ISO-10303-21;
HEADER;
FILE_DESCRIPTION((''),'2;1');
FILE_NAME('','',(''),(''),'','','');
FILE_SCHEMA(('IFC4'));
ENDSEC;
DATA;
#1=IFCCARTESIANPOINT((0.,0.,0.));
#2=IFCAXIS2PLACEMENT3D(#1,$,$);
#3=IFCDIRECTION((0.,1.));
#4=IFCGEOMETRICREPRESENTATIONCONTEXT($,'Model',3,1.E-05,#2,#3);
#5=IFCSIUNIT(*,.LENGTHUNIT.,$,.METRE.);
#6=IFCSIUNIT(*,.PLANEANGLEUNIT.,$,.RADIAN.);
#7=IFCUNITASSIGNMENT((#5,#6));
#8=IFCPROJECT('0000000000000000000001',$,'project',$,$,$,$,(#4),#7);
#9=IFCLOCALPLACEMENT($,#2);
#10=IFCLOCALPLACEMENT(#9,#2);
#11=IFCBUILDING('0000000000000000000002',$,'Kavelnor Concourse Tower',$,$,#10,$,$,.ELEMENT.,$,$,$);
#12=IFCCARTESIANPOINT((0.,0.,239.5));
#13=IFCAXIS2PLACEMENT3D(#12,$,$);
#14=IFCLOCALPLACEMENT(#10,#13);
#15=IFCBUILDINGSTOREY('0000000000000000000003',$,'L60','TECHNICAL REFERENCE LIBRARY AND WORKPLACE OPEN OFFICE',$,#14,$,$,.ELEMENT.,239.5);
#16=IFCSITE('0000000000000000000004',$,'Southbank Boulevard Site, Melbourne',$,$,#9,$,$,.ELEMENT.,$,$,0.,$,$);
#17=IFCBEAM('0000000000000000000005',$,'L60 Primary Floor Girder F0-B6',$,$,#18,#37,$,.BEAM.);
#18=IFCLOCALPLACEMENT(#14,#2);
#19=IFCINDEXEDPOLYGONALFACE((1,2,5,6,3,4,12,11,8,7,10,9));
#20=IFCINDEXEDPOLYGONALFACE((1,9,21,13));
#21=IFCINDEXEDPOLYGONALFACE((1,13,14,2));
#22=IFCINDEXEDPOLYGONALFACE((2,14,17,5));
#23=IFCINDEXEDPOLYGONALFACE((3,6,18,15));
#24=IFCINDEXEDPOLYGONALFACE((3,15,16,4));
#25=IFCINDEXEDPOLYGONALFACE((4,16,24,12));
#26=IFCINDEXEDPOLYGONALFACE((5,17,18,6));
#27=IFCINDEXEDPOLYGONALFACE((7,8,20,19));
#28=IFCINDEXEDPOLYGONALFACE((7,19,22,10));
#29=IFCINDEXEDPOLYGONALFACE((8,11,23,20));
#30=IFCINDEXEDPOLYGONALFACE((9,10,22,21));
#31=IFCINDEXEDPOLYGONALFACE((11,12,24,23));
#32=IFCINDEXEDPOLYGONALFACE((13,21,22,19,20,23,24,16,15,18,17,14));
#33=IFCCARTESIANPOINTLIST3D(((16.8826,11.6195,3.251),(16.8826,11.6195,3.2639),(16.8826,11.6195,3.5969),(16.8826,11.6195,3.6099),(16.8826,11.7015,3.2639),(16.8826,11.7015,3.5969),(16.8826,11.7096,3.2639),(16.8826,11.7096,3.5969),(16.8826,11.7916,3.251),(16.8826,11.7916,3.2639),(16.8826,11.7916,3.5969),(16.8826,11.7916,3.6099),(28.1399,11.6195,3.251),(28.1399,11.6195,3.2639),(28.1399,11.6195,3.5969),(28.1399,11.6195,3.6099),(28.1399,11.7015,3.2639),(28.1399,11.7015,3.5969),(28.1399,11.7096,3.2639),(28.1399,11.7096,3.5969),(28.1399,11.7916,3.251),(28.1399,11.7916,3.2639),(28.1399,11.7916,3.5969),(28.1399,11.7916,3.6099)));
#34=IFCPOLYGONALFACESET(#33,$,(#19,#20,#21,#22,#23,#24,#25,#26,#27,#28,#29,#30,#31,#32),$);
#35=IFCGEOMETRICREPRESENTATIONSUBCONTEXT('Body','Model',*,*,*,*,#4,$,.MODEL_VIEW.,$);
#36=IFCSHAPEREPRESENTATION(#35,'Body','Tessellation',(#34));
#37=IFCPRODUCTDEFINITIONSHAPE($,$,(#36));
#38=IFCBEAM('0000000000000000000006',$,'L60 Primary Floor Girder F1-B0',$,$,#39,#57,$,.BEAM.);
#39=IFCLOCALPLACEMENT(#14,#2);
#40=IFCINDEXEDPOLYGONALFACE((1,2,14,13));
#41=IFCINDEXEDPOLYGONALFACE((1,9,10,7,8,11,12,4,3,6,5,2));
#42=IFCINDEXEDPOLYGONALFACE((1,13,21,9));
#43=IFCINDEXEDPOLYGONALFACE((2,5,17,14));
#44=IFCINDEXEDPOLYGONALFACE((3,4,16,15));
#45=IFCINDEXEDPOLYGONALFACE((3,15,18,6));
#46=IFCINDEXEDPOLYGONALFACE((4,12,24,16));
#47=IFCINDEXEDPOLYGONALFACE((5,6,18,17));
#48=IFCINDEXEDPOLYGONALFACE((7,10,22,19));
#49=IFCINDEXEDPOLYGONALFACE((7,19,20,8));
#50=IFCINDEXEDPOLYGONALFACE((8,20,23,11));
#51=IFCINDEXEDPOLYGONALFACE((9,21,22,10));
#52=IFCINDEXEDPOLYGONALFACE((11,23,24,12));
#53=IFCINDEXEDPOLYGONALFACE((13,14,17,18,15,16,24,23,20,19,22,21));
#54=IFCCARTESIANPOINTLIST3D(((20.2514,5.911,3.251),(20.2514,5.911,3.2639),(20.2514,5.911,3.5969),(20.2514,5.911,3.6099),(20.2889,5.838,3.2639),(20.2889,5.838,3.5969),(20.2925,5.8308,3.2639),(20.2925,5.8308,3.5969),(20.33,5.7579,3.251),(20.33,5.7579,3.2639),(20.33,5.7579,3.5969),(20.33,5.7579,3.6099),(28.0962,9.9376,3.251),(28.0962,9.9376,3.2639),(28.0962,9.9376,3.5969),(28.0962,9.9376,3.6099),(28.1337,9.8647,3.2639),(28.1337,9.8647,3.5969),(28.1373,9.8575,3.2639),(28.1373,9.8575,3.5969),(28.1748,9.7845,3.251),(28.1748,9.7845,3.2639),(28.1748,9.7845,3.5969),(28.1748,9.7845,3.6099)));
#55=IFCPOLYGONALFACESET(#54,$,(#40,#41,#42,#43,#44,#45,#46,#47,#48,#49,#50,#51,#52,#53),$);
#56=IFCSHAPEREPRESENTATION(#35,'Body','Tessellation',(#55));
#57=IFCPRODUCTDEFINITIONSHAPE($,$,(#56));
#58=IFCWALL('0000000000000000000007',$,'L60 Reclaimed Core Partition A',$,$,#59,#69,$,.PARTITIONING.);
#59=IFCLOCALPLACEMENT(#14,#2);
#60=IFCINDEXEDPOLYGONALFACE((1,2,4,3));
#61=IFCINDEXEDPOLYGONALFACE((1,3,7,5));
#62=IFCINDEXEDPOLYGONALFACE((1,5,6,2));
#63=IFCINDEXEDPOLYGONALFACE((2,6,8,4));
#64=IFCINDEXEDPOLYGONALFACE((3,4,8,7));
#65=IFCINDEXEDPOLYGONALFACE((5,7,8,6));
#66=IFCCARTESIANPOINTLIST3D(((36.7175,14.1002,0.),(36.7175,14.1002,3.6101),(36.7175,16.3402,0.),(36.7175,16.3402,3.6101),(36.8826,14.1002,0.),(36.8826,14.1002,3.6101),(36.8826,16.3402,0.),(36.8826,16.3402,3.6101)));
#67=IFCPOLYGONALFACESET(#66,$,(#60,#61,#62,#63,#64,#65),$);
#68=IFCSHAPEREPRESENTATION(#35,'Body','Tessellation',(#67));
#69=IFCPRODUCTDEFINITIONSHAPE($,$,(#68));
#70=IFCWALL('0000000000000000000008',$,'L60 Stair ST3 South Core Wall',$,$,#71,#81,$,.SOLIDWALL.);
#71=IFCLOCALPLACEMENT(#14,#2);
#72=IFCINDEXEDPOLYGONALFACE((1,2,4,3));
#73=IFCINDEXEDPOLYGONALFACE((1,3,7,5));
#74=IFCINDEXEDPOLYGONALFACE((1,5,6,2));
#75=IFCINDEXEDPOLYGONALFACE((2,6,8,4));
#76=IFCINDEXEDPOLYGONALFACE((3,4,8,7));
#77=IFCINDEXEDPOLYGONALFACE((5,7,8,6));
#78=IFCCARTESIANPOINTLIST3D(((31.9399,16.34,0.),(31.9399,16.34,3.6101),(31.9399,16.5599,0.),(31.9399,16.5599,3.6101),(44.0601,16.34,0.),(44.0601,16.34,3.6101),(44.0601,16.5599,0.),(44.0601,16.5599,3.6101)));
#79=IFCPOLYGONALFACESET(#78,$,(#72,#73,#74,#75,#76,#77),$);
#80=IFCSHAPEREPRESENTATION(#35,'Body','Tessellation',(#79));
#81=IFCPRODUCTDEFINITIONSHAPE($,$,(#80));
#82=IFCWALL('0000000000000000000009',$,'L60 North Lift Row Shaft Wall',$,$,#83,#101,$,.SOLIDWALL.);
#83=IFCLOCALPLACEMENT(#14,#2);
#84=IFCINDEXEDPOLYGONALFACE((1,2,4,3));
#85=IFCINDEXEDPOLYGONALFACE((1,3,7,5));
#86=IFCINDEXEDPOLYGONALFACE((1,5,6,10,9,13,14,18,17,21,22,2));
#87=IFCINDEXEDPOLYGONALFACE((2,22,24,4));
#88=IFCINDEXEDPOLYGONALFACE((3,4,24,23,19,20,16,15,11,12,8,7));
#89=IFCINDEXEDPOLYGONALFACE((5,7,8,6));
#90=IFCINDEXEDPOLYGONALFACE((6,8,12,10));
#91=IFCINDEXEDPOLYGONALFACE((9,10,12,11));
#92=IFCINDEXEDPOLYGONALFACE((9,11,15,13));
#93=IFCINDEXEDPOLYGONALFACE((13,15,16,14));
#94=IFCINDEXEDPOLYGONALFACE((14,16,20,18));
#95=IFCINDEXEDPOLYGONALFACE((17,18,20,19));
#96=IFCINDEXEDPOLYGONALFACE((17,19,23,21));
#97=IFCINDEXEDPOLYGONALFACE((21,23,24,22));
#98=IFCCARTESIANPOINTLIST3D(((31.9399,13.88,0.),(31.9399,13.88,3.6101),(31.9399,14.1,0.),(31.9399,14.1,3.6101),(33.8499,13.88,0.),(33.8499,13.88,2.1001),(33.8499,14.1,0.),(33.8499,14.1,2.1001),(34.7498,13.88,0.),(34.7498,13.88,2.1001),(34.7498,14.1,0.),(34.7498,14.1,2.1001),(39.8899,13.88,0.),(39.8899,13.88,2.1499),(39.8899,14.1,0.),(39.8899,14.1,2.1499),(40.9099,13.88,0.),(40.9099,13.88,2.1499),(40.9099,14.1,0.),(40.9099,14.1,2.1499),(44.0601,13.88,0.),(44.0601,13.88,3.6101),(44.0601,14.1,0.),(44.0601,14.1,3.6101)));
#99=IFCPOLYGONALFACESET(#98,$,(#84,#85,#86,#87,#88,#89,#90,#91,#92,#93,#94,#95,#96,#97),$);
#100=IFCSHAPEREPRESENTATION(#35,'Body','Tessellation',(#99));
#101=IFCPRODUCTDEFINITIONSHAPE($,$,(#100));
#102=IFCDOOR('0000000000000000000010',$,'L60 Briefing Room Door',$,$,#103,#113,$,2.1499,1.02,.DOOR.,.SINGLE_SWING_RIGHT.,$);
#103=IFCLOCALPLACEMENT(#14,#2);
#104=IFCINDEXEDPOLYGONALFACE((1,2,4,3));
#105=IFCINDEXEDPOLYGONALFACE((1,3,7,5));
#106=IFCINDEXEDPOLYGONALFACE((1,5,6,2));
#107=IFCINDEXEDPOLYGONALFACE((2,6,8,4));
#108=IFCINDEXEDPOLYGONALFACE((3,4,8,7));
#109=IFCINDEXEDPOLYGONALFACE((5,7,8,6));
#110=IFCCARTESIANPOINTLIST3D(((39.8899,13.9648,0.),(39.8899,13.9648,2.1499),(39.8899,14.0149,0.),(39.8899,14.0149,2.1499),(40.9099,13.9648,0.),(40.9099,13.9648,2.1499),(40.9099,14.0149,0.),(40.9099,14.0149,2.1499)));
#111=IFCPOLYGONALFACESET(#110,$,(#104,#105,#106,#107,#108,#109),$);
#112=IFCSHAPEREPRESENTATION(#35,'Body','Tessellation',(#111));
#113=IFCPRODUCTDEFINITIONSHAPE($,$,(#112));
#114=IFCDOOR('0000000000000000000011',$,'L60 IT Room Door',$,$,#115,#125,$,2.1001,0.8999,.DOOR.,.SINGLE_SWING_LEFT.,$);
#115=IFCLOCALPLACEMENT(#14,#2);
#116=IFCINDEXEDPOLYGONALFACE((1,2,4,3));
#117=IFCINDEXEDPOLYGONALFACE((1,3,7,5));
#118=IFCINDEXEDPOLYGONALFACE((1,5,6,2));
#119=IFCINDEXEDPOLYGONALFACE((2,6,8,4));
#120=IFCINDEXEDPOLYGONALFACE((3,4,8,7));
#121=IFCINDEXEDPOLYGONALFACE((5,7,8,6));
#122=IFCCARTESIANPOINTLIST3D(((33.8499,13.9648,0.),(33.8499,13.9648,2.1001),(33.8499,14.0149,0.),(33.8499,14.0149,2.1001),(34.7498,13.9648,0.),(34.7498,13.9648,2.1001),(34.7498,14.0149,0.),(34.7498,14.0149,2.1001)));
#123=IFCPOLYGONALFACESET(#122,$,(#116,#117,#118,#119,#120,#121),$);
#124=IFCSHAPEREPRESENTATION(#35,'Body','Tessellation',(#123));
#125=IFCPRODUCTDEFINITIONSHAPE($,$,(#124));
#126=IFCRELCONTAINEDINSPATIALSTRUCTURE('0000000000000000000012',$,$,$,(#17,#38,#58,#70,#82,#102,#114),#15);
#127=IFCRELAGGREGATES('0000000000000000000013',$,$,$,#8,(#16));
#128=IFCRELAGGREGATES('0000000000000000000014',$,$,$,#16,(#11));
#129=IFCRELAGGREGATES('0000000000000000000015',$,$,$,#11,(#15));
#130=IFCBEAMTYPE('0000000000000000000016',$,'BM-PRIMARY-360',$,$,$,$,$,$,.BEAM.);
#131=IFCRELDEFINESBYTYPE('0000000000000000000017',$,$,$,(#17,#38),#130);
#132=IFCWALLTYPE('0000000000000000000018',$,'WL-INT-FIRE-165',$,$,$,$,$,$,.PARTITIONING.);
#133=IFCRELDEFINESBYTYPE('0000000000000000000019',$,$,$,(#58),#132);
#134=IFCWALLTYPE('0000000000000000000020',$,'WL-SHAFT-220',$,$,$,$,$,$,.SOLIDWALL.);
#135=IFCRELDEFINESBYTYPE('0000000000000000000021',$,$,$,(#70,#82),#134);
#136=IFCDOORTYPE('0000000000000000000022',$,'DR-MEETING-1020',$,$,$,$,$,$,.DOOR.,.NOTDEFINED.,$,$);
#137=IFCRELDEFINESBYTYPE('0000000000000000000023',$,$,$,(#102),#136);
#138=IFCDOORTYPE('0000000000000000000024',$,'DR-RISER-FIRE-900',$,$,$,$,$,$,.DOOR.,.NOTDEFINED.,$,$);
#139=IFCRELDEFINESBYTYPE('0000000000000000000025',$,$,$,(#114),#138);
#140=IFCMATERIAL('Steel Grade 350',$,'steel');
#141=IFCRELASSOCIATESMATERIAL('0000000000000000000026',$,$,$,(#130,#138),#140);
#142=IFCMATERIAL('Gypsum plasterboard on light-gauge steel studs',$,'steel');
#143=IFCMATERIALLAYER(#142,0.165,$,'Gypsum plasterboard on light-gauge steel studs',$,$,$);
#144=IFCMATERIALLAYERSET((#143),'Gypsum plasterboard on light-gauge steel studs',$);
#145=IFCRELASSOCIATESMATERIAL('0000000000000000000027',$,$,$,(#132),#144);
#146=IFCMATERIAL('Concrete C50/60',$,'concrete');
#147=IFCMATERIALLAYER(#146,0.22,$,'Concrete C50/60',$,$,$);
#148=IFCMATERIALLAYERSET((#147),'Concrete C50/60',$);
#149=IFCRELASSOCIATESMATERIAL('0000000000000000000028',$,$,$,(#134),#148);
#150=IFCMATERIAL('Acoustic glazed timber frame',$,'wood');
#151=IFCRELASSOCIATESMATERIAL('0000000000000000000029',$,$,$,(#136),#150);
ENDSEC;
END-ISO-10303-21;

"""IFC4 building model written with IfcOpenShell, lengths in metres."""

from ifc_helpers import new_model, si_unit, direction, frame, frame_2d, origin, origin_2d, place, context, subcontext, project, spatial, rectangle, i_section, extrude, material, layer, layer_set, material_profile, profile_set, type_object, element, fill, save


model = new_model("IFC4")

# Units and contexts
model_context = context("Model", 3, precision=1e-05, world=origin(), true_north=direction((0.0, 1.0)))
body_context = subcontext(model_context, "Body", "Model", "MODEL_VIEW")
ifc_project = project(units=[si_unit("LENGTHUNIT", "METRE"), si_unit("PLANEANGLEUNIT", "RADIAN")], contexts=[model_context])

# Site, building, storey
site_placement = place(None, origin())
site = spatial("IfcSite", under=ifc_project, at=site_placement, Name="Southbank Boulevard Site, Melbourne", CompositionType="ELEMENT", RefElevation=0.0)
building_placement = place(site_placement, origin())
building = spatial("IfcBuilding", under=site, at=building_placement, Name="Kavelnor Concourse Tower", CompositionType="ELEMENT")
storey_placement = place(building_placement, frame((0.0, 0.0, 239.5)))
storey = spatial("IfcBuildingStorey", under=building, at=storey_placement, Name="L60", Description="TECHNICAL REFERENCE LIBRARY AND WORKPLACE OPEN OFFICE", CompositionType="ELEMENT", Elevation=239.5)

# Beams
ifc_material_1 = material(Name="Steel Grade 350", Category="steel")
ifc_material_profile = material_profile(ifc_material_1, i_section(OverallWidth=0.1721, OverallDepth=0.3589, WebThickness=0.0081, FlangeThickness=0.0129, at=origin_2d()), Name="360UB56")
ifc_profile_set = profile_set([ifc_material_profile], Name="Steel Grade 350")
beam_type = type_object("IfcBeamType", Name="BM-PRIMARY-360", PredefinedType="BEAM", material=ifc_profile_set)
beam_1_placement = place(storey_placement, frame((28.1399, 11.7056, 3.4304), z_axis=(-1.0, 0.0, 0.0), x_axis=(0.0, -1.0, 0.0)))
element("IfcBeam", 1, at=beam_1_placement, inside=storey, type_object=beam_type, Name="L60 Primary Floor Girder F0-B6", PredefinedType="BEAM", context=body_context, shape_type="SweptSolid", body=[
    extrude(i_section(OverallWidth=0.1721, OverallDepth=0.3589, WebThickness=0.0081, FlangeThickness=0.0129, at=origin_2d()), origin(), (0.0, 0.0, 1.0), 11.2573),
])
beam_2_placement = place(storey_placement, frame((28.1355, 9.8611, 3.4304), z_axis=(-0.889648, -0.456647, 0.0), x_axis=(0.456647, -0.889648, 0.0)))
element("IfcBeam", 2, at=beam_2_placement, inside=storey, type_object=beam_type, Name="L60 Primary Floor Girder F1-B0", PredefinedType="BEAM", context=body_context, shape_type="SweptSolid", body=[
    extrude(i_section(OverallWidth=0.1721, OverallDepth=0.3589, WebThickness=0.0081, FlangeThickness=0.0129, at=origin_2d()), origin(), (0.0, 0.0, 1.0), 8.8179),
])

# Walls
ifc_material_2 = material(Name="Gypsum plasterboard on light-gauge steel studs", Category="steel")
ifc_layer_1 = layer(ifc_material_2, 0.165, Name="Gypsum plasterboard on light-gauge steel studs")
ifc_layer_set_1 = layer_set([ifc_layer_1], Name="Gypsum plasterboard on light-gauge steel studs")
wall_type_1 = type_object("IfcWallType", Name="WL-INT-FIRE-165", PredefinedType="PARTITIONING", material=ifc_layer_set_1)
wall_1_placement = place(storey_placement, frame((36.8, 14.1001, 0.0), z_axis=(0.0, 0.0, 1.0), x_axis=(0.0, 1.0, 0.0)))
element("IfcWall", 3, at=wall_1_placement, inside=storey, type_object=wall_type_1, Name="L60 Reclaimed Core Partition A", PredefinedType="PARTITIONING", context=body_context, shape_type="SweptSolid", body=[
    extrude(rectangle(XDim=2.24, YDim=0.165, at=frame_2d((1.1201, 0.0))), origin(), (0.0, 0.0, 1.0), 3.6101),
])
ifc_material_3 = material(Name="Concrete C50/60", Category="concrete")
ifc_layer_2 = layer(ifc_material_3, 0.22, Name="Concrete C50/60")
ifc_layer_set_2 = layer_set([ifc_layer_2], Name="Concrete C50/60")
wall_type_2 = type_object("IfcWallType", Name="WL-SHAFT-220", PredefinedType="SOLIDWALL", material=ifc_layer_set_2)
wall_2_placement = place(storey_placement, frame((31.9399, 16.45, 0.0), z_axis=(0.0, 0.0, 1.0), x_axis=(1.0, 0.0, 0.0)))
element("IfcWall", 4, at=wall_2_placement, inside=storey, type_object=wall_type_2, Name="L60 Stair ST3 South Core Wall", PredefinedType="SOLIDWALL", context=body_context, shape_type="SweptSolid", body=[
    extrude(rectangle(XDim=12.1201, YDim=0.22, at=frame_2d((6.0601, 0.0))), origin(), (0.0, 0.0, 1.0), 3.6101),
])

# Wall, openings, doors
wall_3_placement = place(storey_placement, frame((31.9399, 13.99, 0.0), z_axis=(0.0, 0.0, 1.0), x_axis=(1.0, 0.0, 0.0)))
wall_3 = element("IfcWall", 5, at=wall_3_placement, inside=storey, type_object=wall_type_2, Name="L60 North Lift Row Shaft Wall", PredefinedType="SOLIDWALL", context=body_context, shape_type="SweptSolid", body=[
    extrude(rectangle(XDim=12.1201, YDim=0.22, at=frame_2d((6.0601, 0.0))), origin(), (0.0, 0.0, 1.0), 3.6101),
])
opening_1_placement = place(wall_3_placement, frame((1.9099, 0.0, 0.0)))
opening_1 = element("IfcOpeningElement", 6, at=opening_1_placement, cuts=wall_3, PredefinedType="OPENING", context=body_context, shape_type="SweptSolid", body=[
    extrude(rectangle(XDim=0.8999, YDim=2.1001, at=frame_2d((0.45, 1.05))), frame((0.0, 0.1201, 0.0), z_axis=(0.0, -1.0, 0.0), x_axis=(1.0, 0.0, 0.0)), (0.0, 0.0, 1.0), 0.24),
])
opening_2_placement = place(wall_3_placement, frame((7.95, 0.0, 0.0)))
opening_2 = element("IfcOpeningElement", 7, at=opening_2_placement, cuts=wall_3, PredefinedType="OPENING", context=body_context, shape_type="SweptSolid", body=[
    extrude(rectangle(XDim=1.02, YDim=2.1499, at=frame_2d((0.51, 1.075))), frame((0.0, 0.1201, 0.0), z_axis=(0.0, -1.0, 0.0), x_axis=(1.0, 0.0, 0.0)), (0.0, 0.0, 1.0), 0.24),
])
ifc_material_4 = material(Name="Acoustic glazed timber frame", Category="wood")
door_type_1 = type_object("IfcDoorType", Name="DR-MEETING-1020", OperationType="NOTDEFINED", PredefinedType="DOOR", material=ifc_material_4)
door_1_placement = place(opening_2_placement, origin())
door_1 = element("IfcDoor", 8, at=door_1_placement, inside=storey, type_object=door_type_1, Name="L60 Briefing Room Door", OperationType="SINGLE_SWING_RIGHT", OverallHeight=2.1499, OverallWidth=1.02, PredefinedType="DOOR", context=body_context, shape_type="SweptSolid", body=[
    extrude(rectangle(XDim=1.02, YDim=2.1499, at=frame_2d((0.51, 1.075))), frame((0.0, 0.0249, 0.0), z_axis=(0.0, -1.0, 0.0), x_axis=(1.0, 0.0, 0.0)), (0.0, 0.0, 1.0), 0.05),
])
fill(opening_2, door_1)
door_type_2 = type_object("IfcDoorType", Name="DR-RISER-FIRE-900", OperationType="NOTDEFINED", PredefinedType="DOOR", material=ifc_material_1)
door_2_placement = place(opening_1_placement, origin())
door_2 = element("IfcDoor", 9, at=door_2_placement, inside=storey, type_object=door_type_2, Name="L60 IT Room Door", OperationType="SINGLE_SWING_LEFT", OverallHeight=2.1001, OverallWidth=0.8999, PredefinedType="DOOR", context=body_context, shape_type="SweptSolid", body=[
    extrude(rectangle(XDim=0.8999, YDim=2.1001, at=frame_2d((0.45, 1.05))), frame((0.0, 0.0249, 0.0), z_axis=(0.0, -1.0, 0.0), x_axis=(1.0, 0.0, 0.0)), (0.0, 0.0, 1.0), 0.05),
])
fill(opening_1, door_2)

save(model, "model.ifc")
